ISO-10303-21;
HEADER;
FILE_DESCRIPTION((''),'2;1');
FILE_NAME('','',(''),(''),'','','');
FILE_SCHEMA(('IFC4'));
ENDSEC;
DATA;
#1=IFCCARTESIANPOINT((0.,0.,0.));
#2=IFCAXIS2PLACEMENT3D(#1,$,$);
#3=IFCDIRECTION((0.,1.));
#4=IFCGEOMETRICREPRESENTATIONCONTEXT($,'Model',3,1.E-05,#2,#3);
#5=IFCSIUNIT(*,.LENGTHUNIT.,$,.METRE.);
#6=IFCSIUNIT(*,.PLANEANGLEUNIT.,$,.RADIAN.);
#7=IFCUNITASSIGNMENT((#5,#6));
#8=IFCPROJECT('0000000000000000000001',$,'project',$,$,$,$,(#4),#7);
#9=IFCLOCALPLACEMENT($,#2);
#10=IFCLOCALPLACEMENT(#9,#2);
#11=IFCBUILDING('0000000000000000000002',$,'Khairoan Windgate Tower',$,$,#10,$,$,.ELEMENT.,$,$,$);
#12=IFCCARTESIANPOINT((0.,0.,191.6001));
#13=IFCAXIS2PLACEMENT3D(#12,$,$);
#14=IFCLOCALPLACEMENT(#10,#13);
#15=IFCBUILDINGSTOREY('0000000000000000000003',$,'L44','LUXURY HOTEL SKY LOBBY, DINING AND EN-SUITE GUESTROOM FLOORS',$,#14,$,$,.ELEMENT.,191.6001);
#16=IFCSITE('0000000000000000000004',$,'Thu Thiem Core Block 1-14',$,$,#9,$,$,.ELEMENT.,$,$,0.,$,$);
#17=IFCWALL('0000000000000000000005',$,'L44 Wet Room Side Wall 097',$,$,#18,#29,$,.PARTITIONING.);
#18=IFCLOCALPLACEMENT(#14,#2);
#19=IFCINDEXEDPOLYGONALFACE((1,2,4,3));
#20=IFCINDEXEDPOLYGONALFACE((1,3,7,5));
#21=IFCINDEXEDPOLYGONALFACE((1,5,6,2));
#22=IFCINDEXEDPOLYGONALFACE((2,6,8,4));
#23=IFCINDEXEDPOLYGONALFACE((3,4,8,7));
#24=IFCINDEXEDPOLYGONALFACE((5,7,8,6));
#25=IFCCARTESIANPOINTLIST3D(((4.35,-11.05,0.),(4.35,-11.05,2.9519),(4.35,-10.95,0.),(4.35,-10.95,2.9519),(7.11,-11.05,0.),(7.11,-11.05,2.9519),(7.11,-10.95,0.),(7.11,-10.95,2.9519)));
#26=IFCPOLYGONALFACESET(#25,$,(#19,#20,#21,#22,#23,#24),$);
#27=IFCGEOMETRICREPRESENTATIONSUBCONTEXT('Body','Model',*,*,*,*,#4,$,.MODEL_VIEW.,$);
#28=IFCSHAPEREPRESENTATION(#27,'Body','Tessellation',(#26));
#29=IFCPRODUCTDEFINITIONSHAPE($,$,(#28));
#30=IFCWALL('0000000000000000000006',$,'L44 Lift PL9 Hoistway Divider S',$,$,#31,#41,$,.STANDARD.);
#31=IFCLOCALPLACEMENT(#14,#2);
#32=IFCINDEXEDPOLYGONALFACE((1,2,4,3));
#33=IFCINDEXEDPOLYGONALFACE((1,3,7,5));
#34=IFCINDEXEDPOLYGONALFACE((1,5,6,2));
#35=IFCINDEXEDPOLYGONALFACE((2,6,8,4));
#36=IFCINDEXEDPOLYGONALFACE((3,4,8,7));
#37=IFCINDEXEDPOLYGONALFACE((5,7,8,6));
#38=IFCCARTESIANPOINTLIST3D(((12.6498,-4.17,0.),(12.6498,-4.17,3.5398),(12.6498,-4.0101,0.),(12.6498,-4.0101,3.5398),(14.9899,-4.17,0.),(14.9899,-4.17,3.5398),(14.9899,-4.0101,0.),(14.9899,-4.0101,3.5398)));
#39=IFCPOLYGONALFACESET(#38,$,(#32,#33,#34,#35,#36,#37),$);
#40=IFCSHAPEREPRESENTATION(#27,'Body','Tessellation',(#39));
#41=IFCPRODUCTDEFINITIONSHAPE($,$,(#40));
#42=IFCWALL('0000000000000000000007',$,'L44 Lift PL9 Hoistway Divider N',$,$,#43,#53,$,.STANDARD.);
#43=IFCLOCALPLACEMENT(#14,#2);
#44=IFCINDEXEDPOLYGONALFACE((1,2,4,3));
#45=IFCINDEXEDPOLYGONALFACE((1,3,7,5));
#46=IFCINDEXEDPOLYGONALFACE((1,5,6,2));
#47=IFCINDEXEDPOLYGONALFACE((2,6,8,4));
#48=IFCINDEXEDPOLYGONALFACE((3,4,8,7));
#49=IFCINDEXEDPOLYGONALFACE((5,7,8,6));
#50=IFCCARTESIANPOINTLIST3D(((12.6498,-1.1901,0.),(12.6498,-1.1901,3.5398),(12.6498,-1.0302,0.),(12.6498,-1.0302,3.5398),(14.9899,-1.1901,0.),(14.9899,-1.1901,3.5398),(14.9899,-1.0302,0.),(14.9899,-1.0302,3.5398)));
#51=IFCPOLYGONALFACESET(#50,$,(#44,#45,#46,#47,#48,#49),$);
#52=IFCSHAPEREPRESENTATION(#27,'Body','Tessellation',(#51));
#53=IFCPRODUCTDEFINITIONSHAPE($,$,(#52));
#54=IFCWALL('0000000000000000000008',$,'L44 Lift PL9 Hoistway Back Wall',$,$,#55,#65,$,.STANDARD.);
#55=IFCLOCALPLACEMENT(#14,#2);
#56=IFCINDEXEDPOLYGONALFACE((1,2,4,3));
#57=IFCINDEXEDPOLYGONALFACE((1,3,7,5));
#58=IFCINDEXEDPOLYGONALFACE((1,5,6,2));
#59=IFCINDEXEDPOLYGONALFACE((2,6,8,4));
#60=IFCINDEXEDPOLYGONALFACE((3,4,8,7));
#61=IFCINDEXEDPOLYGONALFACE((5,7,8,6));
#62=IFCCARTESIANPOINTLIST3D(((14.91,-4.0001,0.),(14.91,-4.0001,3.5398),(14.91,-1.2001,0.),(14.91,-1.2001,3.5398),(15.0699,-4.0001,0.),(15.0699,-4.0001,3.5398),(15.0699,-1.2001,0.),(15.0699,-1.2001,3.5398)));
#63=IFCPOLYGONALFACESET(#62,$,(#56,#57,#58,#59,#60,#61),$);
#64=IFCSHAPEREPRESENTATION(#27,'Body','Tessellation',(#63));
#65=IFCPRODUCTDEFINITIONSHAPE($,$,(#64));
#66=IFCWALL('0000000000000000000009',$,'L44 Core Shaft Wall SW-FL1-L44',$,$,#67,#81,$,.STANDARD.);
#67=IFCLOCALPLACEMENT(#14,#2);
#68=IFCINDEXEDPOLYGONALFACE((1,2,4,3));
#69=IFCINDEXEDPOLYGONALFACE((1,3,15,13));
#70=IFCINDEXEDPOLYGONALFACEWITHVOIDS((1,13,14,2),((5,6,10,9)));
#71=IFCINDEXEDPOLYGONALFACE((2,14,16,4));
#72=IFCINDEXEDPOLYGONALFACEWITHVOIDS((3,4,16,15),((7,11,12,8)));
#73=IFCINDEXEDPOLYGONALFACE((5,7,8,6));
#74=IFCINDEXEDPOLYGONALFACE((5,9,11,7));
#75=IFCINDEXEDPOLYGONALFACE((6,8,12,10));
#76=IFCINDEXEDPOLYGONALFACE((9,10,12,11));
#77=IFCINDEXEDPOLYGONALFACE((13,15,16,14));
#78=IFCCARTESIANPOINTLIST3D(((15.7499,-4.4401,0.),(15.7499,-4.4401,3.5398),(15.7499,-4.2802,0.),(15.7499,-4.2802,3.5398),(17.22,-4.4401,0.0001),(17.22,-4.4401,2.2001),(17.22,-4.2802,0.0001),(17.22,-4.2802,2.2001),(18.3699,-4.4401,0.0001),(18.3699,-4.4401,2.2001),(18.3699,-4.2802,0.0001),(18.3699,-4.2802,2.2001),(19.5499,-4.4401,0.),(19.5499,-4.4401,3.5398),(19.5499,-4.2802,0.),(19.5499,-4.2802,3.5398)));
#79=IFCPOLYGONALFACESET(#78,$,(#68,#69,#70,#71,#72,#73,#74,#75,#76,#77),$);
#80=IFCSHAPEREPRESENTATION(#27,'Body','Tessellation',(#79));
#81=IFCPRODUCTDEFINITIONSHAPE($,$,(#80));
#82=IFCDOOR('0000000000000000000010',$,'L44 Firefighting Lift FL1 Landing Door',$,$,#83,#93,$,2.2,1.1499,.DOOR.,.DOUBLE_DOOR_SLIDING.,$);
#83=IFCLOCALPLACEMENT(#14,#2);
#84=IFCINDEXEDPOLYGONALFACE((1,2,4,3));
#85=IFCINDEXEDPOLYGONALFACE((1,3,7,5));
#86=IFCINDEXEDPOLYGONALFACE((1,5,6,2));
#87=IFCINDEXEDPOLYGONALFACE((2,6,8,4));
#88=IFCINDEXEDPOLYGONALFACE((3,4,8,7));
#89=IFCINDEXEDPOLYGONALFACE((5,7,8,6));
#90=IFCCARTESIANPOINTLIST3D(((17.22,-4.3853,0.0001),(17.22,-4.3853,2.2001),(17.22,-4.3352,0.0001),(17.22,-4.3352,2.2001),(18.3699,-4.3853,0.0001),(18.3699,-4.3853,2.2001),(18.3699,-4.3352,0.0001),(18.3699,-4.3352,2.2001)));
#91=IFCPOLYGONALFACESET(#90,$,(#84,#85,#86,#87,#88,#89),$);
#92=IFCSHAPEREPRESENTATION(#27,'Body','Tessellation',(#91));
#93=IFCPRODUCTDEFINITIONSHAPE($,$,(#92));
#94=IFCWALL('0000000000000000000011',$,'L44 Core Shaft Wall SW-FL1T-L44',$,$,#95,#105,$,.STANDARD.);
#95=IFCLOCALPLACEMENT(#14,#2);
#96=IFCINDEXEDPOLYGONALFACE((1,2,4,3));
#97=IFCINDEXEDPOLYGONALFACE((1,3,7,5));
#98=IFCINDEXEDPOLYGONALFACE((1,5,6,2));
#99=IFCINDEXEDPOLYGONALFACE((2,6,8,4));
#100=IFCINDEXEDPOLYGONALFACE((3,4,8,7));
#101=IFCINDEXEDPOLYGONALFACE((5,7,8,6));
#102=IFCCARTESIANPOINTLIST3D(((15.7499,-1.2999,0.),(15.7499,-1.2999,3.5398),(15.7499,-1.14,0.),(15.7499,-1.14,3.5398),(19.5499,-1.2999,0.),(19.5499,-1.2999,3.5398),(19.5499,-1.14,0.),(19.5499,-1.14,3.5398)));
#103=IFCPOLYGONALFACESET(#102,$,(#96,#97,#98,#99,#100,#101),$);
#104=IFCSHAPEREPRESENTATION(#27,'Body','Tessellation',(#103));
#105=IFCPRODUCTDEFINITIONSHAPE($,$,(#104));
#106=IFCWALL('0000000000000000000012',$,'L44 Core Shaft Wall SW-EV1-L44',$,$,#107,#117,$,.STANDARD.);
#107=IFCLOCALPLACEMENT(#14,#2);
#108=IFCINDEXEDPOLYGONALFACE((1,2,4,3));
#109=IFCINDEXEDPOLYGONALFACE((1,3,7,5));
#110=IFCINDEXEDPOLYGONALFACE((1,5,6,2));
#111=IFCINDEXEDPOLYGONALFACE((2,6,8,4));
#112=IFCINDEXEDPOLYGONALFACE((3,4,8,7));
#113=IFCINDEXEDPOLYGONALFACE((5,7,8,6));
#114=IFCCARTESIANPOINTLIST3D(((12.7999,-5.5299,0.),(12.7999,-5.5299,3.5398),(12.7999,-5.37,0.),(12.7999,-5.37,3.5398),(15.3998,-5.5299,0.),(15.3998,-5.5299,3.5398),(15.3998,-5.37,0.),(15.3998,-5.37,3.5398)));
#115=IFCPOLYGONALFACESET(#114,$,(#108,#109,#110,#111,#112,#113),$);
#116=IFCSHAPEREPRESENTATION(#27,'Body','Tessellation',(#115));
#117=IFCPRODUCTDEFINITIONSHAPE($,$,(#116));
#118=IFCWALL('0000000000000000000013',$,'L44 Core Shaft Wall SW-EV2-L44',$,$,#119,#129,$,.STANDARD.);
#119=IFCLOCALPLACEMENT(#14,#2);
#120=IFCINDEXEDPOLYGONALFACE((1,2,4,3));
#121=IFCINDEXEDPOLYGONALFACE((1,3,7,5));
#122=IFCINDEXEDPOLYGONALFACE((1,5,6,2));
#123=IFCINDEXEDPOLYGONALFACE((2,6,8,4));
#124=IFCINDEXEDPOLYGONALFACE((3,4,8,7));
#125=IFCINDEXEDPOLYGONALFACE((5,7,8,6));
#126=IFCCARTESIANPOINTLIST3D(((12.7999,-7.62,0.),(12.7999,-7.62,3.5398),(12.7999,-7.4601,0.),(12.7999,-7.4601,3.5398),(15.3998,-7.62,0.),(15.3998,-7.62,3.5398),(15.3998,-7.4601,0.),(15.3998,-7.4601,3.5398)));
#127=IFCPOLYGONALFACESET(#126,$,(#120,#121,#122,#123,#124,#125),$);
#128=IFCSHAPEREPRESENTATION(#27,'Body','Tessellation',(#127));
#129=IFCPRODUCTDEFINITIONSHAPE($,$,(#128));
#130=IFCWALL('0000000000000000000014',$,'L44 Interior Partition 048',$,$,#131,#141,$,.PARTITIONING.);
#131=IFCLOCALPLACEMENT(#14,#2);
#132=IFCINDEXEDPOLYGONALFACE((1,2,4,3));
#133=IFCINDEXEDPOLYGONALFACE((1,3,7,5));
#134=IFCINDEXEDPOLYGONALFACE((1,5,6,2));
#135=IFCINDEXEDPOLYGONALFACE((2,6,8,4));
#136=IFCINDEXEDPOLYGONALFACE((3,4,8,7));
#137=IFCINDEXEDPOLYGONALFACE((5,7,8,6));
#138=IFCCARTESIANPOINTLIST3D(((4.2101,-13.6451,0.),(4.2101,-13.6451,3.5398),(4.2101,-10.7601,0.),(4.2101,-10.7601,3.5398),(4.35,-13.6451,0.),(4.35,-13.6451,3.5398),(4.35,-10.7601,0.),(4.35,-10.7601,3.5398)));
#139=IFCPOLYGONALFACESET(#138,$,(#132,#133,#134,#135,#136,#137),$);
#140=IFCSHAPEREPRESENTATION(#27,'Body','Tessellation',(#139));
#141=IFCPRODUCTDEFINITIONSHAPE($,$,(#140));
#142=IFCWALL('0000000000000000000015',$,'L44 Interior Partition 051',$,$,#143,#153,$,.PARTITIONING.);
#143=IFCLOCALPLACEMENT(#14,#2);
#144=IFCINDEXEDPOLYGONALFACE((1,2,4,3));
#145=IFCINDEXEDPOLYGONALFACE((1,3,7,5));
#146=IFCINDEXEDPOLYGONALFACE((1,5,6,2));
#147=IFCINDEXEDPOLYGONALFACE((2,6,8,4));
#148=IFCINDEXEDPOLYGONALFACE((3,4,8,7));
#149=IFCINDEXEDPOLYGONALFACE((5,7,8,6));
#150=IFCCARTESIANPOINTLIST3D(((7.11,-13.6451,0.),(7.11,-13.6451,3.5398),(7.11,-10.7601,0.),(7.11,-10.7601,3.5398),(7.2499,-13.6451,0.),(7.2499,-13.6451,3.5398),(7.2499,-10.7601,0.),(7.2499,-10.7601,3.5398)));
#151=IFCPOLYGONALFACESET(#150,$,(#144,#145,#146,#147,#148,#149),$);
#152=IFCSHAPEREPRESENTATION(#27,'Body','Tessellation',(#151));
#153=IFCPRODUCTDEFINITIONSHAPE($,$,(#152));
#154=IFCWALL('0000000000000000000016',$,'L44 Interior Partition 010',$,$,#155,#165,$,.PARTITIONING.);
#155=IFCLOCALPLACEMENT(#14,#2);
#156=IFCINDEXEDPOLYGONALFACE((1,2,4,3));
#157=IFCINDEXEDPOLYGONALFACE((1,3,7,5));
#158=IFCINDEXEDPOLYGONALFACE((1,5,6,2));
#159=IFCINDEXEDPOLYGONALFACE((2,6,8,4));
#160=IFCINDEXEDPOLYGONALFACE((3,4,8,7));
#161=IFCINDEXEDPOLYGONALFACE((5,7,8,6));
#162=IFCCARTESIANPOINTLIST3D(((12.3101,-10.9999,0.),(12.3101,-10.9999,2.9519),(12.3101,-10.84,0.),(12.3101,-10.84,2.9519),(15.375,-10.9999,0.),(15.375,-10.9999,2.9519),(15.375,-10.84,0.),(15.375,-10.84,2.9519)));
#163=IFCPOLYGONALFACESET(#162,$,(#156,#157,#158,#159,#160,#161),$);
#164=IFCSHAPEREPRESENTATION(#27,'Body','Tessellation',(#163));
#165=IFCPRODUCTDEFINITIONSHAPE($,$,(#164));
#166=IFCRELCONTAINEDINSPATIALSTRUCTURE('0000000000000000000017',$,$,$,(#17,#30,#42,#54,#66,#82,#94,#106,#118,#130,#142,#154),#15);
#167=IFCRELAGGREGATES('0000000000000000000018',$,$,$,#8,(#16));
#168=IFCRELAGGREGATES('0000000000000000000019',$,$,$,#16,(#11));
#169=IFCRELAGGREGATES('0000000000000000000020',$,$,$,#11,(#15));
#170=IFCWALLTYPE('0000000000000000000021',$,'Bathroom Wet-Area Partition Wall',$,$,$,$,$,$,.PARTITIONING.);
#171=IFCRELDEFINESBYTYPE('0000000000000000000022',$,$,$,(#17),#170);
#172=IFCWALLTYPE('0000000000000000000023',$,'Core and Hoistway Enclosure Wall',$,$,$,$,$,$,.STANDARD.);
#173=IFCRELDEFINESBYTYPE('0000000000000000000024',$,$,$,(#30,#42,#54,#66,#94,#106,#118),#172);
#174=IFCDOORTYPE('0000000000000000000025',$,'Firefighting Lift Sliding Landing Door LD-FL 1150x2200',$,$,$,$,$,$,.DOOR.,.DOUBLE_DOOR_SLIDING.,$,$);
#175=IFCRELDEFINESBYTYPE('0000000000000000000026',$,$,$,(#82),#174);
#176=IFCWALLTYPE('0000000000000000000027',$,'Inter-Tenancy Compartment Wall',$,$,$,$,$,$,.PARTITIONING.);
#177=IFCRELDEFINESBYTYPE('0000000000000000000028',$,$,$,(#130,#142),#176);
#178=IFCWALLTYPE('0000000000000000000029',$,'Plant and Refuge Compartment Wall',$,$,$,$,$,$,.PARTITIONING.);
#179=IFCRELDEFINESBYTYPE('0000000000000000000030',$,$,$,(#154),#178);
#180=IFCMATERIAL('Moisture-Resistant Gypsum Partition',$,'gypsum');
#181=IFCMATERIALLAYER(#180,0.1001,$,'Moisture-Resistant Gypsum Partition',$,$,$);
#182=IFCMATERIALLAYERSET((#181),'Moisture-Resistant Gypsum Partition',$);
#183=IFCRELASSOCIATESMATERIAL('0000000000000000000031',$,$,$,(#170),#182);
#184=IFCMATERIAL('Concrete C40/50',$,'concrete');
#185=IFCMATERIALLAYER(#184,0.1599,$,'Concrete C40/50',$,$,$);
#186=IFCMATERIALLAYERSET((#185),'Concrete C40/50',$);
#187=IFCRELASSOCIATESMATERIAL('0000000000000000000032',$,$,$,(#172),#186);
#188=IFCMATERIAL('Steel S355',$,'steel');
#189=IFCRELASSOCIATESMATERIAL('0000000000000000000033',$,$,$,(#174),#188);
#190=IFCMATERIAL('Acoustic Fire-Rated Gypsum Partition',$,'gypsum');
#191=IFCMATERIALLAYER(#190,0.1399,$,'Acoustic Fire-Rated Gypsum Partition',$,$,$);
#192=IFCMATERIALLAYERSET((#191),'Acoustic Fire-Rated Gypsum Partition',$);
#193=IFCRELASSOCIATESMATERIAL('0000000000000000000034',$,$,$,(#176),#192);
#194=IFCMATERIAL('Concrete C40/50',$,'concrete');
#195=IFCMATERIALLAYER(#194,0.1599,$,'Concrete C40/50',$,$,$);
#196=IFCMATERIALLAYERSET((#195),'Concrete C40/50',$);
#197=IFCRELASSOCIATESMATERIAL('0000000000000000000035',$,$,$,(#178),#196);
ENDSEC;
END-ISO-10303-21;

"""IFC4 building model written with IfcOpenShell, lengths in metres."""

from ifc_helpers import new_model, si_unit, direction, frame, frame_2d, origin, place, context, subcontext, project, spatial, rectangle, extrude, material, layer, layer_set, type_object, element, fill, save


model = new_model("IFC4")

# Units and contexts
model_context = context("Model", 3, precision=1e-05, world=origin(), true_north=direction((0.0, 1.0)))
body_context = subcontext(model_context, "Body", "Model", "MODEL_VIEW")
ifc_project = project(units=[si_unit("LENGTHUNIT", "METRE"), si_unit("PLANEANGLEUNIT", "RADIAN")], contexts=[model_context])

# Site, building, storey
site_placement = place(None, origin())
site = spatial("IfcSite", under=ifc_project, at=site_placement, Name="Thu Thiem Core Block 1-14", CompositionType="ELEMENT", RefElevation=0.0)
building_placement = place(site_placement, origin())
building = spatial("IfcBuilding", under=site, at=building_placement, Name="Khairoan Windgate Tower", CompositionType="ELEMENT")
storey_placement = place(building_placement, frame((0.0, 0.0, 191.6001)))
storey = spatial("IfcBuildingStorey", under=building, at=storey_placement, Name="L44", Description="LUXURY HOTEL SKY LOBBY, DINING AND EN-SUITE GUESTROOM FLOORS", CompositionType="ELEMENT", Elevation=191.6001)

# Walls
ifc_material_1 = material(Name="Moisture-Resistant Gypsum Partition", Category="gypsum")
ifc_layer_1 = layer(ifc_material_1, 0.1001, Name="Moisture-Resistant Gypsum Partition")
ifc_layer_set_1 = layer_set([ifc_layer_1], Name="Moisture-Resistant Gypsum Partition")
wall_type_1 = type_object("IfcWallType", Name="Bathroom Wet-Area Partition Wall", PredefinedType="PARTITIONING", material=ifc_layer_set_1)
wall_1_placement = place(storey_placement, frame((4.3501, -11.0, 0.0), z_axis=(0.0, 0.0, 1.0), x_axis=(1.0, 0.0, 0.0)))
element("IfcWall", 1, at=wall_1_placement, inside=storey, type_object=wall_type_1, Name="L44 Wet Room Side Wall 097", PredefinedType="PARTITIONING", context=body_context, shape_type="SweptSolid", body=[
    extrude(rectangle(XDim=2.76, YDim=0.1001, at=frame_2d((1.3799, 0.0))), origin(), (0.0, 0.0, 1.0), 2.9519),
])
ifc_material_2 = material(Name="Concrete C40/50", Category="concrete")
ifc_layer_2 = layer(ifc_material_2, 0.1599, Name="Concrete C40/50")
ifc_layer_set_2 = layer_set([ifc_layer_2], Name="Concrete C40/50")
wall_type_2 = type_object("IfcWallType", Name="Core and Hoistway Enclosure Wall", PredefinedType="STANDARD", material=ifc_layer_set_2)
for number, where, z_axis, x_axis, name in (
    (2, (12.6499, -4.0901, 0.0), (0.0, 0.0, 1.0), (1.0, 0.0, 0.0), "L44 Lift PL9 Hoistway Divider S"),
    (3, (12.6499, -1.1101, 0.0), (0.0, 0.0, 1.0), (1.0, 0.0, 0.0), "L44 Lift PL9 Hoistway Divider N"),
):
    element("IfcWall", number, at=place(storey_placement, frame(where, z_axis=z_axis, x_axis=x_axis)), inside=storey, type_object=wall_type_2, Name=name, PredefinedType="STANDARD", context=body_context, shape_type="SweptSolid", body=[
        extrude(rectangle(XDim=2.3401, YDim=0.1599, at=frame_2d((1.1699, 0.0))), origin(), (0.0, 0.0, 1.0), 3.5398),
    ])
wall_2_placement = place(storey_placement, frame((14.99, -4.0, 0.0), z_axis=(0.0, 0.0, 1.0), x_axis=(0.0, 1.0, 0.0)))
element("IfcWall", 4, at=wall_2_placement, inside=storey, type_object=wall_type_2, Name="L44 Lift PL9 Hoistway Back Wall", PredefinedType="STANDARD", context=body_context, shape_type="SweptSolid", body=[
    extrude(rectangle(XDim=2.8, YDim=0.1599, at=frame_2d((1.3999, 0.0))), origin(), (0.0, 0.0, 1.0), 3.5398),
])

# Wall, opening, door
wall_3_placement = place(storey_placement, frame((15.75, -4.3601, 0.0), z_axis=(0.0, 0.0, 1.0), x_axis=(1.0, 0.0, 0.0)))
wall_3 = element("IfcWall", 5, at=wall_3_placement, inside=storey, type_object=wall_type_2, Name="L44 Core Shaft Wall SW-FL1-L44", PredefinedType="STANDARD", context=body_context, shape_type="SweptSolid", body=[
    extrude(rectangle(XDim=3.8, YDim=0.1599, at=frame_2d((1.8999, 0.0))), origin(), (0.0, 0.0, 1.0), 3.5398),
])
opening_1_placement = place(wall_3_placement, frame((1.47, 0.0, 0.0)))
opening_1 = element("IfcOpeningElement", 6, at=opening_1_placement, cuts=wall_3, PredefinedType="OPENING", context=body_context, shape_type="SweptSolid", body=[
    extrude(rectangle(XDim=1.1499, YDim=2.2, at=frame_2d((0.575, 1.1001))), frame((0.0, 0.0898, 0.0), z_axis=(0.0, -1.0, 0.0), x_axis=(1.0, 0.0, 0.0)), (0.0, 0.0, 1.0), 0.1799),
])
ifc_material_3 = material(Name="Steel S355", Category="steel")
door_type_1 = type_object("IfcDoorType", Name="Firefighting Lift Sliding Landing Door LD-FL 1150x2200", OperationType="DOUBLE_DOOR_SLIDING", PredefinedType="DOOR", material=ifc_material_3)
door_1_placement = place(opening_1_placement, origin())
door_1 = element("IfcDoor", 7, at=door_1_placement, inside=storey, type_object=door_type_1, Name="L44 Firefighting Lift FL1 Landing Door", OperationType="DOUBLE_DOOR_SLIDING", OverallHeight=2.2, OverallWidth=1.1499, PredefinedType="DOOR", context=body_context, shape_type="SweptSolid", body=[
    extrude(rectangle(XDim=1.1499, YDim=2.2, at=frame_2d((0.575, 1.1001))), frame((0.0, 0.0249, 0.0), z_axis=(0.0, -1.0, 0.0), x_axis=(1.0, 0.0, 0.0)), (0.0, 0.0, 1.0), 0.05),
])
fill(opening_1, door_1)

# Walls
wall_4_placement = place(storey_placement, frame((15.75, -1.22, 0.0), z_axis=(0.0, 0.0, 1.0), x_axis=(1.0, 0.0, 0.0)))
element("IfcWall", 8, at=wall_4_placement, inside=storey, type_object=wall_type_2, Name="L44 Core Shaft Wall SW-FL1T-L44", PredefinedType="STANDARD", context=body_context, shape_type="SweptSolid", body=[
    extrude(rectangle(XDim=3.8, YDim=0.1599, at=frame_2d((1.8999, 0.0))), origin(), (0.0, 0.0, 1.0), 3.5398),
])
for number, where, z_axis, x_axis, name in (
    (9, (12.8, -5.45, 0.0), (0.0, 0.0, 1.0), (1.0, 0.0, 0.0), "L44 Core Shaft Wall SW-EV1-L44"),
    (10, (12.8, -7.54, 0.0), (0.0, 0.0, 1.0), (1.0, 0.0, 0.0), "L44 Core Shaft Wall SW-EV2-L44"),
):
    element("IfcWall", number, at=place(storey_placement, frame(where, z_axis=z_axis, x_axis=x_axis)), inside=storey, type_object=wall_type_2, Name=name, PredefinedType="STANDARD", context=body_context, shape_type="SweptSolid", body=[
        extrude(rectangle(XDim=2.5999, YDim=0.1599, at=frame_2d((1.2998, 0.0))), origin(), (0.0, 0.0, 1.0), 3.5398),
    ])
ifc_material_4 = material(Name="Acoustic Fire-Rated Gypsum Partition", Category="gypsum")
ifc_layer_3 = layer(ifc_material_4, 0.1399, Name="Acoustic Fire-Rated Gypsum Partition")
ifc_layer_set_3 = layer_set([ifc_layer_3], Name="Acoustic Fire-Rated Gypsum Partition")
wall_type_3 = type_object("IfcWallType", Name="Inter-Tenancy Compartment Wall", PredefinedType="PARTITIONING", material=ifc_layer_set_3)
for number, where, z_axis, x_axis, name in (
    (11, (4.28, -13.645, 0.0), (0.0, 0.0, 1.0), (0.0, 1.0, 0.0), "L44 Interior Partition 048"),
    (12, (7.1799, -13.645, 0.0), (0.0, 0.0, 1.0), (0.0, 1.0, 0.0), "L44 Interior Partition 051"),
):
    element("IfcWall", number, at=place(storey_placement, frame(where, z_axis=z_axis, x_axis=x_axis)), inside=storey, type_object=wall_type_3, Name=name, PredefinedType="PARTITIONING", context=body_context, shape_type="SweptSolid", body=[
        extrude(rectangle(XDim=2.885, YDim=0.1399, at=frame_2d((1.4424, 0.0))), origin(), (0.0, 0.0, 1.0), 3.5398),
    ])
ifc_material_5 = material(Name="Concrete C40/50", Category="concrete")
ifc_layer_4 = layer(ifc_material_5, 0.1599, Name="Concrete C40/50")
ifc_layer_set_4 = layer_set([ifc_layer_4], Name="Concrete C40/50")
wall_type_4 = type_object("IfcWallType", Name="Plant and Refuge Compartment Wall", PredefinedType="PARTITIONING", material=ifc_layer_set_4)
wall_5_placement = place(storey_placement, frame((12.3101, -10.9199, 0.0), z_axis=(0.0, 0.0, 1.0), x_axis=(1.0, 0.0, 0.0)))
element("IfcWall", 13, at=wall_5_placement, inside=storey, type_object=wall_type_4, Name="L44 Interior Partition 010", PredefinedType="PARTITIONING", context=body_context, shape_type="SweptSolid", body=[
    extrude(rectangle(XDim=3.0649, YDim=0.1599, at=frame_2d((1.5325, 0.0))), origin(), (0.0, 0.0, 1.0), 2.9519),
])

save(model, "model.ifc")
